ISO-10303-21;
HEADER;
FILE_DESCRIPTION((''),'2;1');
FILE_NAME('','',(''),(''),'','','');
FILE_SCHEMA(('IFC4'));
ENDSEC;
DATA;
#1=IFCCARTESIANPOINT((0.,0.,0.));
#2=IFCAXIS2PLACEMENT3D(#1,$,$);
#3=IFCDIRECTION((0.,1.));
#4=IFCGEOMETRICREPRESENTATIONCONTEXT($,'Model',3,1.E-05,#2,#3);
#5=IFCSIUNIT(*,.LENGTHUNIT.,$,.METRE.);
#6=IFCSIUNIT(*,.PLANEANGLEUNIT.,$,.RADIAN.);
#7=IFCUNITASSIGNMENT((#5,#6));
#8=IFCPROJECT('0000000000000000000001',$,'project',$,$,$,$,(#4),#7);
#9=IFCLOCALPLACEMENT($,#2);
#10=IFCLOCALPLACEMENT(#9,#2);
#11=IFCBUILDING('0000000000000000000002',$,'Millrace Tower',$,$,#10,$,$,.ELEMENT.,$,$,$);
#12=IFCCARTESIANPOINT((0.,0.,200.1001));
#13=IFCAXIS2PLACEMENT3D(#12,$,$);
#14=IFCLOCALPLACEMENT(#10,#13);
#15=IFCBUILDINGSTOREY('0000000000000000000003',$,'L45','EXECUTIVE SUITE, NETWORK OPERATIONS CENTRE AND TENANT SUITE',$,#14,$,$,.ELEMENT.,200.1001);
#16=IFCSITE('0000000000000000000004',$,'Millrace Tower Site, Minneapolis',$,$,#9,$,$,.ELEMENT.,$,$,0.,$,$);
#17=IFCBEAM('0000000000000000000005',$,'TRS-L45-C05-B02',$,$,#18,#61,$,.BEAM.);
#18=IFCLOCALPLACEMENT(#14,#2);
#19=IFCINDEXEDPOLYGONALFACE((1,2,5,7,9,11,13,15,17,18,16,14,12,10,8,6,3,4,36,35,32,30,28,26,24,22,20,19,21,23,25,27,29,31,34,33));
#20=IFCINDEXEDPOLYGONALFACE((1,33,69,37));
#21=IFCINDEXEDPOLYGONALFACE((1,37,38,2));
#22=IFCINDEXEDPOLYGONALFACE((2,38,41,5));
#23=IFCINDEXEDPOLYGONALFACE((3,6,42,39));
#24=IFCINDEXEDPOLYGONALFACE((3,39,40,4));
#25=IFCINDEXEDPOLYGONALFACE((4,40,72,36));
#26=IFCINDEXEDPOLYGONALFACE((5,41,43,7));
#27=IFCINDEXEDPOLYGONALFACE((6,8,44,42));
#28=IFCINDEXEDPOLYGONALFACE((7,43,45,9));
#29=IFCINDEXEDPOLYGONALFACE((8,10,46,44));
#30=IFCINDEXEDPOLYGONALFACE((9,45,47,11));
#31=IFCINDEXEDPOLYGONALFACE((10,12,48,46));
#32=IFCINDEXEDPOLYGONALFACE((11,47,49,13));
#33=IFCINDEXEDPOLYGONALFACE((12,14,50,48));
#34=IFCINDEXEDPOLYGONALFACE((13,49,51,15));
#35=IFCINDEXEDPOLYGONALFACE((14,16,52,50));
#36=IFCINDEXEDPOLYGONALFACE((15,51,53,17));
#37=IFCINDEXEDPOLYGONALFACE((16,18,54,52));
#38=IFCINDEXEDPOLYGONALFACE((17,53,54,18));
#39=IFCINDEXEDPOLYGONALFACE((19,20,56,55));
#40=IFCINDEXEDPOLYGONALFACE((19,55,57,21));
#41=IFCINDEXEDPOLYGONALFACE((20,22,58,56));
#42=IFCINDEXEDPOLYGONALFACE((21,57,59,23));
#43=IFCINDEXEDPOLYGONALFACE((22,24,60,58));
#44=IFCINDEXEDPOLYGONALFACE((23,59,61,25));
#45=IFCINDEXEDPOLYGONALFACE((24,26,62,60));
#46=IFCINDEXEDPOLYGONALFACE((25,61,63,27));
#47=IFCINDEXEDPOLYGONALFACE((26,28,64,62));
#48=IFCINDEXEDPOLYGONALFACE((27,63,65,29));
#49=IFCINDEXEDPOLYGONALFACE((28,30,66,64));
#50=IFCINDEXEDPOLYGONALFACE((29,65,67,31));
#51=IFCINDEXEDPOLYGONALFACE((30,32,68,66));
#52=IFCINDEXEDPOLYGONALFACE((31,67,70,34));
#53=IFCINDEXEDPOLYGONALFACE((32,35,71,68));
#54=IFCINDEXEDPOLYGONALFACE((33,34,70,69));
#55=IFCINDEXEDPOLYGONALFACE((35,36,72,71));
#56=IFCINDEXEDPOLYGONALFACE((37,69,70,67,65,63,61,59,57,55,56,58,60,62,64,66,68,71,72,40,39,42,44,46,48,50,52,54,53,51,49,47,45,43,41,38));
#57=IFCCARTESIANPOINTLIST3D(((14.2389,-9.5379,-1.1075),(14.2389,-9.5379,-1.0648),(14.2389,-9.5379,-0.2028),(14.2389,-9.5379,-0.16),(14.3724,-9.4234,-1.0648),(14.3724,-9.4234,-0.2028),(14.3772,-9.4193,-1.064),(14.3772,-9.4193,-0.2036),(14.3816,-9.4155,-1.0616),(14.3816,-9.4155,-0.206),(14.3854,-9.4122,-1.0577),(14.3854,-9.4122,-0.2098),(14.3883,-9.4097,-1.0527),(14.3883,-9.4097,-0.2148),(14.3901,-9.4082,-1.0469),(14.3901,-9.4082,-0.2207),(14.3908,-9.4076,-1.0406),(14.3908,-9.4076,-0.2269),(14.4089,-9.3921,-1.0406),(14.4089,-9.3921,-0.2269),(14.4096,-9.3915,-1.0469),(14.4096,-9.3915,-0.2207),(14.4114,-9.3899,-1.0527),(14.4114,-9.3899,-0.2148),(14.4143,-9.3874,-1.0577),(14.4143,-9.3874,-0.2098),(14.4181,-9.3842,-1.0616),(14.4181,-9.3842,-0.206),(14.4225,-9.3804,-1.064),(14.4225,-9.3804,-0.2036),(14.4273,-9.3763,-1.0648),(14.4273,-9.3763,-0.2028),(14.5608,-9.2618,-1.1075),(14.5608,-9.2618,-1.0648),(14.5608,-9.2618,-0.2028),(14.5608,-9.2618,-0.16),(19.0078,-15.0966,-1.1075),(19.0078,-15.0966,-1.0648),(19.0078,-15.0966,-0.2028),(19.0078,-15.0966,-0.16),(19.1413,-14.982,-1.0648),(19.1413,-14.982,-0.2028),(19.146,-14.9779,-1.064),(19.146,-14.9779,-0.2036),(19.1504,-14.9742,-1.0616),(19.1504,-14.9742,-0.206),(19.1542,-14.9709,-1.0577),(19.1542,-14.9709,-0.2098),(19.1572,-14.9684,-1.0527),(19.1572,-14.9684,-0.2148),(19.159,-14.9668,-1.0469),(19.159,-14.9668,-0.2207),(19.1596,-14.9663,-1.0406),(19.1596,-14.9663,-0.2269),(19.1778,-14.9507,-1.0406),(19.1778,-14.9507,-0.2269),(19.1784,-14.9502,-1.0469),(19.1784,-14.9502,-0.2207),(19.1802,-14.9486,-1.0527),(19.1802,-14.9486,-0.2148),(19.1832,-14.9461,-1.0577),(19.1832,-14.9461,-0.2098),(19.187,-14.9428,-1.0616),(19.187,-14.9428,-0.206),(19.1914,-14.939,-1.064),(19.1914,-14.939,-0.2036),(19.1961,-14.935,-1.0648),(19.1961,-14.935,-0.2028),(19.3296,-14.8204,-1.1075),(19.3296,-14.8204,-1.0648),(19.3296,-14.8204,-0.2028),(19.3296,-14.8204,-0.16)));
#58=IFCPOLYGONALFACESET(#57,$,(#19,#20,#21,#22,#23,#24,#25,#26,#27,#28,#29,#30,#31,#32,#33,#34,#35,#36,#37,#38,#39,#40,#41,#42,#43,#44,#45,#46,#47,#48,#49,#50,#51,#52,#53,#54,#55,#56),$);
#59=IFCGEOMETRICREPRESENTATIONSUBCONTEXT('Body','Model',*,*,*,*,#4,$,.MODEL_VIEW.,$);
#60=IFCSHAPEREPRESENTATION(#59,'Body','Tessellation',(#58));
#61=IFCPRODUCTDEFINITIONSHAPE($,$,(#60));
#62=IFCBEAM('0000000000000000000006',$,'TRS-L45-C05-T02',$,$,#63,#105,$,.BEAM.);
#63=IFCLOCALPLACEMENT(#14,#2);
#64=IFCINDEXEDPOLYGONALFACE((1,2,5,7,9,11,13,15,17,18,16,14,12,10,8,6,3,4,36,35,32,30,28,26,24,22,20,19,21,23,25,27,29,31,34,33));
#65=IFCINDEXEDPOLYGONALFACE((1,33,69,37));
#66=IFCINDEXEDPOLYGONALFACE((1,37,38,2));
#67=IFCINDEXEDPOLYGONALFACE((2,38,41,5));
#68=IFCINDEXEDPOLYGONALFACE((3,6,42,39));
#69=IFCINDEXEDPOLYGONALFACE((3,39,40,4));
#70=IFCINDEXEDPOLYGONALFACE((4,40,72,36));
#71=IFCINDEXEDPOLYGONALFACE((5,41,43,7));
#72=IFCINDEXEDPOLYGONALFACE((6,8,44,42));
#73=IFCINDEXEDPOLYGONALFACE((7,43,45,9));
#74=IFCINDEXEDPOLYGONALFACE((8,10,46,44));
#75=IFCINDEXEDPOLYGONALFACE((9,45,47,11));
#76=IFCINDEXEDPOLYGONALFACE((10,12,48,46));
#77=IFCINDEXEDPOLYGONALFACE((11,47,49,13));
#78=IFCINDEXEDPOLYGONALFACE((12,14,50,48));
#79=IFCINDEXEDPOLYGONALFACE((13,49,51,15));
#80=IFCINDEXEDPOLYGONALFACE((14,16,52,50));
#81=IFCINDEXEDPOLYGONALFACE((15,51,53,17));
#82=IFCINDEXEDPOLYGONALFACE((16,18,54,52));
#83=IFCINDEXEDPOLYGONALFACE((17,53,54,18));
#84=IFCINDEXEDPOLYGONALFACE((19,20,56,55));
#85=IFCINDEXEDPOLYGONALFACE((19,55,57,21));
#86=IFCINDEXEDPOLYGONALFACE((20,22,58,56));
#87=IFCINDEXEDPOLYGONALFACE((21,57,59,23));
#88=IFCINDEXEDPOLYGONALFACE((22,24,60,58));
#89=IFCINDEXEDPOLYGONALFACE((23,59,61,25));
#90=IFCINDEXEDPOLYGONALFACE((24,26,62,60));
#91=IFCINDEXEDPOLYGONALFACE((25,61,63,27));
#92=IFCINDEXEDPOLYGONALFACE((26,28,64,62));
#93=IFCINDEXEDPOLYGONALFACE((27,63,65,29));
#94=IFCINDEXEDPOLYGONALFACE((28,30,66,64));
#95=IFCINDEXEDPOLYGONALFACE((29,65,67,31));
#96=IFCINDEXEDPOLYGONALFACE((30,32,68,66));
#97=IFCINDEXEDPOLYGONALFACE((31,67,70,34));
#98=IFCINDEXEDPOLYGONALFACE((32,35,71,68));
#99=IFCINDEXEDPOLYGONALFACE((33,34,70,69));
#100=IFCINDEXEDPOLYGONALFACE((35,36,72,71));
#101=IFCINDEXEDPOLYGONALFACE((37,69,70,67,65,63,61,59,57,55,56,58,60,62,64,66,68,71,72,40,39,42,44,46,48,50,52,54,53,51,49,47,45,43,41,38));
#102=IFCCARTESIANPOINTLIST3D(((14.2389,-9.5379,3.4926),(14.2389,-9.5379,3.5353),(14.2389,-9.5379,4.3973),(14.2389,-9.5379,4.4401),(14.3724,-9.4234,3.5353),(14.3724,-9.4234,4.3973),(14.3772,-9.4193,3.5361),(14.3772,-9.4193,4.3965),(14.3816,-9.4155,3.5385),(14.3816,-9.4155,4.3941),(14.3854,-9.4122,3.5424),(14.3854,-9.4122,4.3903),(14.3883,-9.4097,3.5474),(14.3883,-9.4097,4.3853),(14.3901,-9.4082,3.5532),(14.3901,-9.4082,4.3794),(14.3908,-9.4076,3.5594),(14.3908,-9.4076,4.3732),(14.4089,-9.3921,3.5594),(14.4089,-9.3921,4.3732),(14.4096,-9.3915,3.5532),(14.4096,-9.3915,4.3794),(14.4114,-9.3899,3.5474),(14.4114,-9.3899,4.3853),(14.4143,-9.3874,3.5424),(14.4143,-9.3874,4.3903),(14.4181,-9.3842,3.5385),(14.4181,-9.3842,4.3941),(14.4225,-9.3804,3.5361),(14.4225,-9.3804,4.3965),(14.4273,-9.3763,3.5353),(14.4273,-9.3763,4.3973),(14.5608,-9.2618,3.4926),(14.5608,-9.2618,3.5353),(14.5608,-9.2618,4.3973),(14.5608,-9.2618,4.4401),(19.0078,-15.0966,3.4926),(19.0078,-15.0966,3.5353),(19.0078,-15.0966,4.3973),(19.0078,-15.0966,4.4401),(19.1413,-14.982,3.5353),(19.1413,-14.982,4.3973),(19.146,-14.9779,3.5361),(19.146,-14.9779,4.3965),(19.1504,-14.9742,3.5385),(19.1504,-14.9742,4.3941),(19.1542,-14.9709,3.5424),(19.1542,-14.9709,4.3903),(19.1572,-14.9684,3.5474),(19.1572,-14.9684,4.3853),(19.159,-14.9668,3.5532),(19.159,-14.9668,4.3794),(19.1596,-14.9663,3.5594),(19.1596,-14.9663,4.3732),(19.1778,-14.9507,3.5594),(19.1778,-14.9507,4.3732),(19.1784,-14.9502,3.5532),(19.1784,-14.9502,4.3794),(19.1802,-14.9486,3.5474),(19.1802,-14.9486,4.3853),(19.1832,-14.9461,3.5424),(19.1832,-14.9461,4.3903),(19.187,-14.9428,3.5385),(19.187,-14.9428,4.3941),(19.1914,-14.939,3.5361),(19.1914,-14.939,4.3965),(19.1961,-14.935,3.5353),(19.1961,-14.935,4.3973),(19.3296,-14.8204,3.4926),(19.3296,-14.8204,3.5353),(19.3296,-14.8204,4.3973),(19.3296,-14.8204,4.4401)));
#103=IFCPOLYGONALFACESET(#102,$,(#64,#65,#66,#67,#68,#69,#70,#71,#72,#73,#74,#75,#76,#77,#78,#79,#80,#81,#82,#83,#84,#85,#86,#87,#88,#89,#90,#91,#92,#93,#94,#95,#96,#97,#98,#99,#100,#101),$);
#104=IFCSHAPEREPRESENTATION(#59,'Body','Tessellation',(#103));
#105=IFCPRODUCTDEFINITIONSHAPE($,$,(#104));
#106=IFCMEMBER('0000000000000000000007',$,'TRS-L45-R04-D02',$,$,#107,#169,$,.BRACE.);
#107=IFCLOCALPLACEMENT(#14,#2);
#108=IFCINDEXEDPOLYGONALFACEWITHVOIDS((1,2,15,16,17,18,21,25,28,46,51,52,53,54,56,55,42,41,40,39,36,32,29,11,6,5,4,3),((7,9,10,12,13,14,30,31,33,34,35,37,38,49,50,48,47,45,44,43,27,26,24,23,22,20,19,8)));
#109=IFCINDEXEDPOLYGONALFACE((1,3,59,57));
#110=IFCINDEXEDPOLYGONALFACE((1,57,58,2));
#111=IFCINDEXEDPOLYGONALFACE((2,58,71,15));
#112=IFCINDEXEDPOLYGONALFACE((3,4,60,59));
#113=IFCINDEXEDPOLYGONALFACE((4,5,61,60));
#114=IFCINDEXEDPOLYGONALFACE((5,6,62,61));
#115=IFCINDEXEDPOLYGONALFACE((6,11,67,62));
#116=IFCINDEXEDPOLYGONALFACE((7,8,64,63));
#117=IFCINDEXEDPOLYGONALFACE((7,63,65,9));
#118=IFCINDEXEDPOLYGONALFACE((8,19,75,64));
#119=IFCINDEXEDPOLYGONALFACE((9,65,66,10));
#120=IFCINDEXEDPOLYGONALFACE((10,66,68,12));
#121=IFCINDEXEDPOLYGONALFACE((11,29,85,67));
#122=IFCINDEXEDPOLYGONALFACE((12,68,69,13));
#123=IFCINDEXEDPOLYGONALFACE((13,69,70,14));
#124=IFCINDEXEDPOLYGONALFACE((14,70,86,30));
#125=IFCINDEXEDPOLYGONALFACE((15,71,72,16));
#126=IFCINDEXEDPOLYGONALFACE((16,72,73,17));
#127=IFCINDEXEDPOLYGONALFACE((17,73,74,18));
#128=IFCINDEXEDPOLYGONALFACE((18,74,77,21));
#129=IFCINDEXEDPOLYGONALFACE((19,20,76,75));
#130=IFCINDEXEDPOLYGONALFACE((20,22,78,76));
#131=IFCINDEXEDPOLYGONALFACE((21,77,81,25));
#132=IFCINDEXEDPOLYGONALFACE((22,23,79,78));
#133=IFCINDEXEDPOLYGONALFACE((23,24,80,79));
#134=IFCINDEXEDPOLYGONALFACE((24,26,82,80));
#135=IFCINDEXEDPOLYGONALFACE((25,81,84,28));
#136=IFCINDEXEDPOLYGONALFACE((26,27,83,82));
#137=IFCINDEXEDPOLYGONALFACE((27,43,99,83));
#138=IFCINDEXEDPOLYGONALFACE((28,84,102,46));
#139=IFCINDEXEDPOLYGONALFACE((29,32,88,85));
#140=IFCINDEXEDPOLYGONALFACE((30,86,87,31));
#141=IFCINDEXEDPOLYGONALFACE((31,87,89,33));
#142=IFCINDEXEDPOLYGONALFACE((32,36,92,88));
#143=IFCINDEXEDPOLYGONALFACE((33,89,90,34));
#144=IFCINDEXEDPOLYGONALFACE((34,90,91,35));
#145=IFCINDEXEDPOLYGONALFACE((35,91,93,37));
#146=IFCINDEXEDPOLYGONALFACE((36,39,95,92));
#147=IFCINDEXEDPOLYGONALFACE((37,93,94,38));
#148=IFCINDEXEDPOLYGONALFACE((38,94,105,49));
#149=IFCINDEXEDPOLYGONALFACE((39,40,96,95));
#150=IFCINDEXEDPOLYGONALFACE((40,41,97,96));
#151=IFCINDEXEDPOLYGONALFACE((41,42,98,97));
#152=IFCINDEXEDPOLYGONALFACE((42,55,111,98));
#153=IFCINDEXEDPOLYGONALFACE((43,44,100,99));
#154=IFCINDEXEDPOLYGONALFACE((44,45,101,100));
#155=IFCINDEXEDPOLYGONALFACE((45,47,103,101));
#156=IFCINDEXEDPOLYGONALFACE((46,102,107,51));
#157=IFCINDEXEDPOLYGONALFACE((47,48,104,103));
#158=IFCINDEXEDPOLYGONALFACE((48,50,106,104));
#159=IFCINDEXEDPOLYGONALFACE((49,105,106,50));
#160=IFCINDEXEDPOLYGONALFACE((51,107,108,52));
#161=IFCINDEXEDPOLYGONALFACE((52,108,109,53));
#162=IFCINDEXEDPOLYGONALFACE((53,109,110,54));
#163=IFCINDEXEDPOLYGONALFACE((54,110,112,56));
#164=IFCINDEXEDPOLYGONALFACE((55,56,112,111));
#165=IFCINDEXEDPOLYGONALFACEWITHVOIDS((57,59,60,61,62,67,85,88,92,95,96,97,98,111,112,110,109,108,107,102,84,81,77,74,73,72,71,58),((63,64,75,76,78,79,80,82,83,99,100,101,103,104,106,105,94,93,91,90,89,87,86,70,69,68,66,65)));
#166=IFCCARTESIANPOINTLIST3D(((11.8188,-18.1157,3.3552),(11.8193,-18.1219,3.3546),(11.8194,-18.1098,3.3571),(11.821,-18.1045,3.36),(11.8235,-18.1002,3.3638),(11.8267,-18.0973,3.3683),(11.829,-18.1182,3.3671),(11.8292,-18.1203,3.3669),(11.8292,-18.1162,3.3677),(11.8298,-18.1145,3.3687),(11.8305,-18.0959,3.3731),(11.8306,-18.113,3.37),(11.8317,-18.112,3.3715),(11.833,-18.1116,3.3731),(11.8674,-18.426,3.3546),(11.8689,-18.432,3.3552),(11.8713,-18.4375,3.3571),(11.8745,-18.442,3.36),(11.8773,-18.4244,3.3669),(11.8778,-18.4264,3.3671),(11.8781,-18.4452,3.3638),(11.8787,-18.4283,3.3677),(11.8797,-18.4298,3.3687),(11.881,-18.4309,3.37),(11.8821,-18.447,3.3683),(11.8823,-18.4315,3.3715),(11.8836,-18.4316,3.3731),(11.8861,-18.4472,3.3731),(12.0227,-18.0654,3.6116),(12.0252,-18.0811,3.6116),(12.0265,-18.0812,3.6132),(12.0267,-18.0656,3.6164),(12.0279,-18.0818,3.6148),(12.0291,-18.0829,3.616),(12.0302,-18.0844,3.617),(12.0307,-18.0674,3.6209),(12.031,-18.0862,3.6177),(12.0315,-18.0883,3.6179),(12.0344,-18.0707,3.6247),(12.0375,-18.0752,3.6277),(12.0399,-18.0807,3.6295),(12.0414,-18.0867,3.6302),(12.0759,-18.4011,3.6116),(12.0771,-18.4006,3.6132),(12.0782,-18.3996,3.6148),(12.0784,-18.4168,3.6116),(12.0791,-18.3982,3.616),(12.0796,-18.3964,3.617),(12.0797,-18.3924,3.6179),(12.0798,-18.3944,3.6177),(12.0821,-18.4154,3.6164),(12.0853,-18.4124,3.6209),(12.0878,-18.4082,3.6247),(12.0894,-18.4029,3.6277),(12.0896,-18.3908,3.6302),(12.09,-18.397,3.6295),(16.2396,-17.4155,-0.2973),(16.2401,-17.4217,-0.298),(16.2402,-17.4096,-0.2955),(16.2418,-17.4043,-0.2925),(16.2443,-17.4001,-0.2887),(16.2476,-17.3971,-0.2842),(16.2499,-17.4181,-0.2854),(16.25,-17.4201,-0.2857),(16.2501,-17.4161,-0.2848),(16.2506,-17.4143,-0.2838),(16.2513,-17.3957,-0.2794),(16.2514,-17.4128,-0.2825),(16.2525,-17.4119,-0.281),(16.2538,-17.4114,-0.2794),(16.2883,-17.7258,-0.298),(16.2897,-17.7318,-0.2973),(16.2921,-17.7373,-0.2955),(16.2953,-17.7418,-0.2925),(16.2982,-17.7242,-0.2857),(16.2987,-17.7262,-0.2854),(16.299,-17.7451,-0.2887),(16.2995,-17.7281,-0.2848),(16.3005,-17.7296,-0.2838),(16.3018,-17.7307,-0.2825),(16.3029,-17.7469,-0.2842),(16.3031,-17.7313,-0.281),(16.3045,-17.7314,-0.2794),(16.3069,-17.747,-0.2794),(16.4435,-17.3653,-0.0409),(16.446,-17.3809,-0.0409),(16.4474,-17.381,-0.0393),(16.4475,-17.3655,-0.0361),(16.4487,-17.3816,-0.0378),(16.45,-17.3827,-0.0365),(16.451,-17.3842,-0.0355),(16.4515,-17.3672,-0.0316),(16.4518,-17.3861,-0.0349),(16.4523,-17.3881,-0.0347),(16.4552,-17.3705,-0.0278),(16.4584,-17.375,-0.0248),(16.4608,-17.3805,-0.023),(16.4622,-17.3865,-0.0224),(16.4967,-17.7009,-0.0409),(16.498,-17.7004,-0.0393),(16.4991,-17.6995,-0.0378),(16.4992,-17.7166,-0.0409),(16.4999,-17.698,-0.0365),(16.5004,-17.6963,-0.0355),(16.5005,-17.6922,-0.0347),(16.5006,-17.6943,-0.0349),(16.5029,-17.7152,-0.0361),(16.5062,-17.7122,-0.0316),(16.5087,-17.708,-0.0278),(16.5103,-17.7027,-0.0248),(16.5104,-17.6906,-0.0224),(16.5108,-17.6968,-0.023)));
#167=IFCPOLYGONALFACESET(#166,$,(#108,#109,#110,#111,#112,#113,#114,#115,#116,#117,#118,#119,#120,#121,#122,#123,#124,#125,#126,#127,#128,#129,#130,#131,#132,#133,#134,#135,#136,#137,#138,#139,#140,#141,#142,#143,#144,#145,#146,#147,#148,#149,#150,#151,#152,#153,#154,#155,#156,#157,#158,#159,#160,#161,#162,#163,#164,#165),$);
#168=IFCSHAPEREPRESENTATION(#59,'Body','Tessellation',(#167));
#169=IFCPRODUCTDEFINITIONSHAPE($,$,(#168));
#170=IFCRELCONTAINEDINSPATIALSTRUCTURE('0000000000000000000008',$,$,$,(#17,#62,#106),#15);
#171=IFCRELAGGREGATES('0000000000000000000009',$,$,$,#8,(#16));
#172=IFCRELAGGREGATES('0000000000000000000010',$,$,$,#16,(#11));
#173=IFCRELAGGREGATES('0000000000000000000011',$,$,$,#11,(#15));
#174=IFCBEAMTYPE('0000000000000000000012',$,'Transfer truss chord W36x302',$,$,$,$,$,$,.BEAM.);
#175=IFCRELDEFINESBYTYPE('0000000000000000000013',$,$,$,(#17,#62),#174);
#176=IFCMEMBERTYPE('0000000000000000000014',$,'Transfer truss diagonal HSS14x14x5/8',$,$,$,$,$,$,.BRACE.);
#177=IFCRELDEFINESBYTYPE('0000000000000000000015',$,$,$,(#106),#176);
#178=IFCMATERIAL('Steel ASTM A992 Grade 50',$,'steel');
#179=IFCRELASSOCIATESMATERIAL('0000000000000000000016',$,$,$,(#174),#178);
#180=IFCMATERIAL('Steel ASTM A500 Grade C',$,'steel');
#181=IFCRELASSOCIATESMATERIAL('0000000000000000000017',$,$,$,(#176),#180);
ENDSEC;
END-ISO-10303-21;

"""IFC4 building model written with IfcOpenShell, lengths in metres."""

from ifc_helpers import new_model, si_unit, direction, frame, origin, origin_2d, place, context, subcontext, project, spatial, hollow_rectangle, i_section, extrude, material, material_profile, profile_set, type_object, element, save


model = new_model("IFC4")

# Units and contexts
model_context = context("Model", 3, precision=1e-05, world=origin(), true_north=direction((0.0, 1.0)))
body_context = subcontext(model_context, "Body", "Model", "MODEL_VIEW")
ifc_project = project(units=[si_unit("LENGTHUNIT", "METRE"), si_unit("PLANEANGLEUNIT", "RADIAN")], contexts=[model_context])

# Site, building, storey
site_placement = place(None, origin())
site = spatial("IfcSite", under=ifc_project, at=site_placement, Name="Millrace Tower Site, Minneapolis", CompositionType="ELEMENT", RefElevation=0.0)
building_placement = place(site_placement, origin())
building = spatial("IfcBuilding", under=site, at=building_placement, Name="Millrace Tower", CompositionType="ELEMENT")
storey_placement = place(building_placement, frame((0.0, 0.0, 200.1001)))
storey = spatial("IfcBuildingStorey", under=building, at=storey_placement, Name="L45", Description="EXECUTIVE SUITE, NETWORK OPERATIONS CENTRE AND TENANT SUITE", CompositionType="ELEMENT", Elevation=200.1001)

# Beams
ifc_material_1 = material(Name="Steel ASTM A992 Grade 50", Category="steel")
ifc_material_profile_1 = material_profile(ifc_material_1, i_section(OverallWidth=0.4241, OverallDepth=0.9475, WebThickness=0.0239, FlangeThickness=0.0427, FilletRadius=0.0242, at=origin_2d()))
ifc_profile_set_1 = profile_set([ifc_material_profile_1], Name="Steel ASTM A992 Grade 50")
beam_type_1 = type_object("IfcBeamType", Name="Transfer truss chord W36x302", PredefinedType="BEAM", material=ifc_profile_set_1)
for number, where, z_axis, x_axis, name in (
    (1, (19.1687, -14.9585, -0.6338), (-0.651129, 0.758967, 0.0), (-0.758967, -0.651129, 0.0), "TRS-L45-C05-B02"),
    (2, (19.1687, -14.9585, 3.9663), (-0.651129, 0.758967, 0.0), (-0.758967, -0.651129, 0.0), "TRS-L45-C05-T02"),
):
    element("IfcBeam", number, at=place(storey_placement, frame(where, z_axis=z_axis, x_axis=x_axis)), inside=storey, type_object=beam_type_1, Name=name, PredefinedType="BEAM", context=body_context, shape_type="SweptSolid", body=[
        extrude(i_section(OverallWidth=0.4241, OverallDepth=0.9475, WebThickness=0.0239, FlangeThickness=0.0427, FilletRadius=0.0242, at=origin_2d()), origin(), (0.0, 0.0, 1.0), 7.324),
    ])

# Member
ifc_material_2 = material(Name="Steel ASTM A500 Grade C", Category="steel")
ifc_material_profile_2 = material_profile(ifc_material_2, hollow_rectangle(XDim=0.3557, YDim=0.3557, WallThickness=0.0159, InnerFilletRadius=0.0081, OuterFilletRadius=0.0239, at=origin_2d()))
ifc_profile_set_2 = profile_set([ifc_material_profile_2], Name="Steel ASTM A500 Grade C")
member_type_1 = type_object("IfcMemberType", Name="Transfer truss diagonal HSS14x14x5/8", PredefinedType="BRACE", material=ifc_profile_set_2)
member_1_placement = place(storey_placement, frame((16.3752, -17.5562, -0.1602), z_axis=(-0.765232, -0.1212, 0.632242), x_axis=(0.156433, -0.987689, 0.0)))
element("IfcMember", 3, at=member_1_placement, inside=storey, type_object=member_type_1, Name="TRS-L45-R04-D02", PredefinedType="BRACE", context=body_context, shape_type="SweptSolid", body=[
    extrude(hollow_rectangle(XDim=0.3557, YDim=0.3557, WallThickness=0.0159, InnerFilletRadius=0.0081, OuterFilletRadius=0.0239, at=origin_2d()), origin(), (0.0, 0.0, 1.0), 5.7771),
])

save(model, "model.ifc")
